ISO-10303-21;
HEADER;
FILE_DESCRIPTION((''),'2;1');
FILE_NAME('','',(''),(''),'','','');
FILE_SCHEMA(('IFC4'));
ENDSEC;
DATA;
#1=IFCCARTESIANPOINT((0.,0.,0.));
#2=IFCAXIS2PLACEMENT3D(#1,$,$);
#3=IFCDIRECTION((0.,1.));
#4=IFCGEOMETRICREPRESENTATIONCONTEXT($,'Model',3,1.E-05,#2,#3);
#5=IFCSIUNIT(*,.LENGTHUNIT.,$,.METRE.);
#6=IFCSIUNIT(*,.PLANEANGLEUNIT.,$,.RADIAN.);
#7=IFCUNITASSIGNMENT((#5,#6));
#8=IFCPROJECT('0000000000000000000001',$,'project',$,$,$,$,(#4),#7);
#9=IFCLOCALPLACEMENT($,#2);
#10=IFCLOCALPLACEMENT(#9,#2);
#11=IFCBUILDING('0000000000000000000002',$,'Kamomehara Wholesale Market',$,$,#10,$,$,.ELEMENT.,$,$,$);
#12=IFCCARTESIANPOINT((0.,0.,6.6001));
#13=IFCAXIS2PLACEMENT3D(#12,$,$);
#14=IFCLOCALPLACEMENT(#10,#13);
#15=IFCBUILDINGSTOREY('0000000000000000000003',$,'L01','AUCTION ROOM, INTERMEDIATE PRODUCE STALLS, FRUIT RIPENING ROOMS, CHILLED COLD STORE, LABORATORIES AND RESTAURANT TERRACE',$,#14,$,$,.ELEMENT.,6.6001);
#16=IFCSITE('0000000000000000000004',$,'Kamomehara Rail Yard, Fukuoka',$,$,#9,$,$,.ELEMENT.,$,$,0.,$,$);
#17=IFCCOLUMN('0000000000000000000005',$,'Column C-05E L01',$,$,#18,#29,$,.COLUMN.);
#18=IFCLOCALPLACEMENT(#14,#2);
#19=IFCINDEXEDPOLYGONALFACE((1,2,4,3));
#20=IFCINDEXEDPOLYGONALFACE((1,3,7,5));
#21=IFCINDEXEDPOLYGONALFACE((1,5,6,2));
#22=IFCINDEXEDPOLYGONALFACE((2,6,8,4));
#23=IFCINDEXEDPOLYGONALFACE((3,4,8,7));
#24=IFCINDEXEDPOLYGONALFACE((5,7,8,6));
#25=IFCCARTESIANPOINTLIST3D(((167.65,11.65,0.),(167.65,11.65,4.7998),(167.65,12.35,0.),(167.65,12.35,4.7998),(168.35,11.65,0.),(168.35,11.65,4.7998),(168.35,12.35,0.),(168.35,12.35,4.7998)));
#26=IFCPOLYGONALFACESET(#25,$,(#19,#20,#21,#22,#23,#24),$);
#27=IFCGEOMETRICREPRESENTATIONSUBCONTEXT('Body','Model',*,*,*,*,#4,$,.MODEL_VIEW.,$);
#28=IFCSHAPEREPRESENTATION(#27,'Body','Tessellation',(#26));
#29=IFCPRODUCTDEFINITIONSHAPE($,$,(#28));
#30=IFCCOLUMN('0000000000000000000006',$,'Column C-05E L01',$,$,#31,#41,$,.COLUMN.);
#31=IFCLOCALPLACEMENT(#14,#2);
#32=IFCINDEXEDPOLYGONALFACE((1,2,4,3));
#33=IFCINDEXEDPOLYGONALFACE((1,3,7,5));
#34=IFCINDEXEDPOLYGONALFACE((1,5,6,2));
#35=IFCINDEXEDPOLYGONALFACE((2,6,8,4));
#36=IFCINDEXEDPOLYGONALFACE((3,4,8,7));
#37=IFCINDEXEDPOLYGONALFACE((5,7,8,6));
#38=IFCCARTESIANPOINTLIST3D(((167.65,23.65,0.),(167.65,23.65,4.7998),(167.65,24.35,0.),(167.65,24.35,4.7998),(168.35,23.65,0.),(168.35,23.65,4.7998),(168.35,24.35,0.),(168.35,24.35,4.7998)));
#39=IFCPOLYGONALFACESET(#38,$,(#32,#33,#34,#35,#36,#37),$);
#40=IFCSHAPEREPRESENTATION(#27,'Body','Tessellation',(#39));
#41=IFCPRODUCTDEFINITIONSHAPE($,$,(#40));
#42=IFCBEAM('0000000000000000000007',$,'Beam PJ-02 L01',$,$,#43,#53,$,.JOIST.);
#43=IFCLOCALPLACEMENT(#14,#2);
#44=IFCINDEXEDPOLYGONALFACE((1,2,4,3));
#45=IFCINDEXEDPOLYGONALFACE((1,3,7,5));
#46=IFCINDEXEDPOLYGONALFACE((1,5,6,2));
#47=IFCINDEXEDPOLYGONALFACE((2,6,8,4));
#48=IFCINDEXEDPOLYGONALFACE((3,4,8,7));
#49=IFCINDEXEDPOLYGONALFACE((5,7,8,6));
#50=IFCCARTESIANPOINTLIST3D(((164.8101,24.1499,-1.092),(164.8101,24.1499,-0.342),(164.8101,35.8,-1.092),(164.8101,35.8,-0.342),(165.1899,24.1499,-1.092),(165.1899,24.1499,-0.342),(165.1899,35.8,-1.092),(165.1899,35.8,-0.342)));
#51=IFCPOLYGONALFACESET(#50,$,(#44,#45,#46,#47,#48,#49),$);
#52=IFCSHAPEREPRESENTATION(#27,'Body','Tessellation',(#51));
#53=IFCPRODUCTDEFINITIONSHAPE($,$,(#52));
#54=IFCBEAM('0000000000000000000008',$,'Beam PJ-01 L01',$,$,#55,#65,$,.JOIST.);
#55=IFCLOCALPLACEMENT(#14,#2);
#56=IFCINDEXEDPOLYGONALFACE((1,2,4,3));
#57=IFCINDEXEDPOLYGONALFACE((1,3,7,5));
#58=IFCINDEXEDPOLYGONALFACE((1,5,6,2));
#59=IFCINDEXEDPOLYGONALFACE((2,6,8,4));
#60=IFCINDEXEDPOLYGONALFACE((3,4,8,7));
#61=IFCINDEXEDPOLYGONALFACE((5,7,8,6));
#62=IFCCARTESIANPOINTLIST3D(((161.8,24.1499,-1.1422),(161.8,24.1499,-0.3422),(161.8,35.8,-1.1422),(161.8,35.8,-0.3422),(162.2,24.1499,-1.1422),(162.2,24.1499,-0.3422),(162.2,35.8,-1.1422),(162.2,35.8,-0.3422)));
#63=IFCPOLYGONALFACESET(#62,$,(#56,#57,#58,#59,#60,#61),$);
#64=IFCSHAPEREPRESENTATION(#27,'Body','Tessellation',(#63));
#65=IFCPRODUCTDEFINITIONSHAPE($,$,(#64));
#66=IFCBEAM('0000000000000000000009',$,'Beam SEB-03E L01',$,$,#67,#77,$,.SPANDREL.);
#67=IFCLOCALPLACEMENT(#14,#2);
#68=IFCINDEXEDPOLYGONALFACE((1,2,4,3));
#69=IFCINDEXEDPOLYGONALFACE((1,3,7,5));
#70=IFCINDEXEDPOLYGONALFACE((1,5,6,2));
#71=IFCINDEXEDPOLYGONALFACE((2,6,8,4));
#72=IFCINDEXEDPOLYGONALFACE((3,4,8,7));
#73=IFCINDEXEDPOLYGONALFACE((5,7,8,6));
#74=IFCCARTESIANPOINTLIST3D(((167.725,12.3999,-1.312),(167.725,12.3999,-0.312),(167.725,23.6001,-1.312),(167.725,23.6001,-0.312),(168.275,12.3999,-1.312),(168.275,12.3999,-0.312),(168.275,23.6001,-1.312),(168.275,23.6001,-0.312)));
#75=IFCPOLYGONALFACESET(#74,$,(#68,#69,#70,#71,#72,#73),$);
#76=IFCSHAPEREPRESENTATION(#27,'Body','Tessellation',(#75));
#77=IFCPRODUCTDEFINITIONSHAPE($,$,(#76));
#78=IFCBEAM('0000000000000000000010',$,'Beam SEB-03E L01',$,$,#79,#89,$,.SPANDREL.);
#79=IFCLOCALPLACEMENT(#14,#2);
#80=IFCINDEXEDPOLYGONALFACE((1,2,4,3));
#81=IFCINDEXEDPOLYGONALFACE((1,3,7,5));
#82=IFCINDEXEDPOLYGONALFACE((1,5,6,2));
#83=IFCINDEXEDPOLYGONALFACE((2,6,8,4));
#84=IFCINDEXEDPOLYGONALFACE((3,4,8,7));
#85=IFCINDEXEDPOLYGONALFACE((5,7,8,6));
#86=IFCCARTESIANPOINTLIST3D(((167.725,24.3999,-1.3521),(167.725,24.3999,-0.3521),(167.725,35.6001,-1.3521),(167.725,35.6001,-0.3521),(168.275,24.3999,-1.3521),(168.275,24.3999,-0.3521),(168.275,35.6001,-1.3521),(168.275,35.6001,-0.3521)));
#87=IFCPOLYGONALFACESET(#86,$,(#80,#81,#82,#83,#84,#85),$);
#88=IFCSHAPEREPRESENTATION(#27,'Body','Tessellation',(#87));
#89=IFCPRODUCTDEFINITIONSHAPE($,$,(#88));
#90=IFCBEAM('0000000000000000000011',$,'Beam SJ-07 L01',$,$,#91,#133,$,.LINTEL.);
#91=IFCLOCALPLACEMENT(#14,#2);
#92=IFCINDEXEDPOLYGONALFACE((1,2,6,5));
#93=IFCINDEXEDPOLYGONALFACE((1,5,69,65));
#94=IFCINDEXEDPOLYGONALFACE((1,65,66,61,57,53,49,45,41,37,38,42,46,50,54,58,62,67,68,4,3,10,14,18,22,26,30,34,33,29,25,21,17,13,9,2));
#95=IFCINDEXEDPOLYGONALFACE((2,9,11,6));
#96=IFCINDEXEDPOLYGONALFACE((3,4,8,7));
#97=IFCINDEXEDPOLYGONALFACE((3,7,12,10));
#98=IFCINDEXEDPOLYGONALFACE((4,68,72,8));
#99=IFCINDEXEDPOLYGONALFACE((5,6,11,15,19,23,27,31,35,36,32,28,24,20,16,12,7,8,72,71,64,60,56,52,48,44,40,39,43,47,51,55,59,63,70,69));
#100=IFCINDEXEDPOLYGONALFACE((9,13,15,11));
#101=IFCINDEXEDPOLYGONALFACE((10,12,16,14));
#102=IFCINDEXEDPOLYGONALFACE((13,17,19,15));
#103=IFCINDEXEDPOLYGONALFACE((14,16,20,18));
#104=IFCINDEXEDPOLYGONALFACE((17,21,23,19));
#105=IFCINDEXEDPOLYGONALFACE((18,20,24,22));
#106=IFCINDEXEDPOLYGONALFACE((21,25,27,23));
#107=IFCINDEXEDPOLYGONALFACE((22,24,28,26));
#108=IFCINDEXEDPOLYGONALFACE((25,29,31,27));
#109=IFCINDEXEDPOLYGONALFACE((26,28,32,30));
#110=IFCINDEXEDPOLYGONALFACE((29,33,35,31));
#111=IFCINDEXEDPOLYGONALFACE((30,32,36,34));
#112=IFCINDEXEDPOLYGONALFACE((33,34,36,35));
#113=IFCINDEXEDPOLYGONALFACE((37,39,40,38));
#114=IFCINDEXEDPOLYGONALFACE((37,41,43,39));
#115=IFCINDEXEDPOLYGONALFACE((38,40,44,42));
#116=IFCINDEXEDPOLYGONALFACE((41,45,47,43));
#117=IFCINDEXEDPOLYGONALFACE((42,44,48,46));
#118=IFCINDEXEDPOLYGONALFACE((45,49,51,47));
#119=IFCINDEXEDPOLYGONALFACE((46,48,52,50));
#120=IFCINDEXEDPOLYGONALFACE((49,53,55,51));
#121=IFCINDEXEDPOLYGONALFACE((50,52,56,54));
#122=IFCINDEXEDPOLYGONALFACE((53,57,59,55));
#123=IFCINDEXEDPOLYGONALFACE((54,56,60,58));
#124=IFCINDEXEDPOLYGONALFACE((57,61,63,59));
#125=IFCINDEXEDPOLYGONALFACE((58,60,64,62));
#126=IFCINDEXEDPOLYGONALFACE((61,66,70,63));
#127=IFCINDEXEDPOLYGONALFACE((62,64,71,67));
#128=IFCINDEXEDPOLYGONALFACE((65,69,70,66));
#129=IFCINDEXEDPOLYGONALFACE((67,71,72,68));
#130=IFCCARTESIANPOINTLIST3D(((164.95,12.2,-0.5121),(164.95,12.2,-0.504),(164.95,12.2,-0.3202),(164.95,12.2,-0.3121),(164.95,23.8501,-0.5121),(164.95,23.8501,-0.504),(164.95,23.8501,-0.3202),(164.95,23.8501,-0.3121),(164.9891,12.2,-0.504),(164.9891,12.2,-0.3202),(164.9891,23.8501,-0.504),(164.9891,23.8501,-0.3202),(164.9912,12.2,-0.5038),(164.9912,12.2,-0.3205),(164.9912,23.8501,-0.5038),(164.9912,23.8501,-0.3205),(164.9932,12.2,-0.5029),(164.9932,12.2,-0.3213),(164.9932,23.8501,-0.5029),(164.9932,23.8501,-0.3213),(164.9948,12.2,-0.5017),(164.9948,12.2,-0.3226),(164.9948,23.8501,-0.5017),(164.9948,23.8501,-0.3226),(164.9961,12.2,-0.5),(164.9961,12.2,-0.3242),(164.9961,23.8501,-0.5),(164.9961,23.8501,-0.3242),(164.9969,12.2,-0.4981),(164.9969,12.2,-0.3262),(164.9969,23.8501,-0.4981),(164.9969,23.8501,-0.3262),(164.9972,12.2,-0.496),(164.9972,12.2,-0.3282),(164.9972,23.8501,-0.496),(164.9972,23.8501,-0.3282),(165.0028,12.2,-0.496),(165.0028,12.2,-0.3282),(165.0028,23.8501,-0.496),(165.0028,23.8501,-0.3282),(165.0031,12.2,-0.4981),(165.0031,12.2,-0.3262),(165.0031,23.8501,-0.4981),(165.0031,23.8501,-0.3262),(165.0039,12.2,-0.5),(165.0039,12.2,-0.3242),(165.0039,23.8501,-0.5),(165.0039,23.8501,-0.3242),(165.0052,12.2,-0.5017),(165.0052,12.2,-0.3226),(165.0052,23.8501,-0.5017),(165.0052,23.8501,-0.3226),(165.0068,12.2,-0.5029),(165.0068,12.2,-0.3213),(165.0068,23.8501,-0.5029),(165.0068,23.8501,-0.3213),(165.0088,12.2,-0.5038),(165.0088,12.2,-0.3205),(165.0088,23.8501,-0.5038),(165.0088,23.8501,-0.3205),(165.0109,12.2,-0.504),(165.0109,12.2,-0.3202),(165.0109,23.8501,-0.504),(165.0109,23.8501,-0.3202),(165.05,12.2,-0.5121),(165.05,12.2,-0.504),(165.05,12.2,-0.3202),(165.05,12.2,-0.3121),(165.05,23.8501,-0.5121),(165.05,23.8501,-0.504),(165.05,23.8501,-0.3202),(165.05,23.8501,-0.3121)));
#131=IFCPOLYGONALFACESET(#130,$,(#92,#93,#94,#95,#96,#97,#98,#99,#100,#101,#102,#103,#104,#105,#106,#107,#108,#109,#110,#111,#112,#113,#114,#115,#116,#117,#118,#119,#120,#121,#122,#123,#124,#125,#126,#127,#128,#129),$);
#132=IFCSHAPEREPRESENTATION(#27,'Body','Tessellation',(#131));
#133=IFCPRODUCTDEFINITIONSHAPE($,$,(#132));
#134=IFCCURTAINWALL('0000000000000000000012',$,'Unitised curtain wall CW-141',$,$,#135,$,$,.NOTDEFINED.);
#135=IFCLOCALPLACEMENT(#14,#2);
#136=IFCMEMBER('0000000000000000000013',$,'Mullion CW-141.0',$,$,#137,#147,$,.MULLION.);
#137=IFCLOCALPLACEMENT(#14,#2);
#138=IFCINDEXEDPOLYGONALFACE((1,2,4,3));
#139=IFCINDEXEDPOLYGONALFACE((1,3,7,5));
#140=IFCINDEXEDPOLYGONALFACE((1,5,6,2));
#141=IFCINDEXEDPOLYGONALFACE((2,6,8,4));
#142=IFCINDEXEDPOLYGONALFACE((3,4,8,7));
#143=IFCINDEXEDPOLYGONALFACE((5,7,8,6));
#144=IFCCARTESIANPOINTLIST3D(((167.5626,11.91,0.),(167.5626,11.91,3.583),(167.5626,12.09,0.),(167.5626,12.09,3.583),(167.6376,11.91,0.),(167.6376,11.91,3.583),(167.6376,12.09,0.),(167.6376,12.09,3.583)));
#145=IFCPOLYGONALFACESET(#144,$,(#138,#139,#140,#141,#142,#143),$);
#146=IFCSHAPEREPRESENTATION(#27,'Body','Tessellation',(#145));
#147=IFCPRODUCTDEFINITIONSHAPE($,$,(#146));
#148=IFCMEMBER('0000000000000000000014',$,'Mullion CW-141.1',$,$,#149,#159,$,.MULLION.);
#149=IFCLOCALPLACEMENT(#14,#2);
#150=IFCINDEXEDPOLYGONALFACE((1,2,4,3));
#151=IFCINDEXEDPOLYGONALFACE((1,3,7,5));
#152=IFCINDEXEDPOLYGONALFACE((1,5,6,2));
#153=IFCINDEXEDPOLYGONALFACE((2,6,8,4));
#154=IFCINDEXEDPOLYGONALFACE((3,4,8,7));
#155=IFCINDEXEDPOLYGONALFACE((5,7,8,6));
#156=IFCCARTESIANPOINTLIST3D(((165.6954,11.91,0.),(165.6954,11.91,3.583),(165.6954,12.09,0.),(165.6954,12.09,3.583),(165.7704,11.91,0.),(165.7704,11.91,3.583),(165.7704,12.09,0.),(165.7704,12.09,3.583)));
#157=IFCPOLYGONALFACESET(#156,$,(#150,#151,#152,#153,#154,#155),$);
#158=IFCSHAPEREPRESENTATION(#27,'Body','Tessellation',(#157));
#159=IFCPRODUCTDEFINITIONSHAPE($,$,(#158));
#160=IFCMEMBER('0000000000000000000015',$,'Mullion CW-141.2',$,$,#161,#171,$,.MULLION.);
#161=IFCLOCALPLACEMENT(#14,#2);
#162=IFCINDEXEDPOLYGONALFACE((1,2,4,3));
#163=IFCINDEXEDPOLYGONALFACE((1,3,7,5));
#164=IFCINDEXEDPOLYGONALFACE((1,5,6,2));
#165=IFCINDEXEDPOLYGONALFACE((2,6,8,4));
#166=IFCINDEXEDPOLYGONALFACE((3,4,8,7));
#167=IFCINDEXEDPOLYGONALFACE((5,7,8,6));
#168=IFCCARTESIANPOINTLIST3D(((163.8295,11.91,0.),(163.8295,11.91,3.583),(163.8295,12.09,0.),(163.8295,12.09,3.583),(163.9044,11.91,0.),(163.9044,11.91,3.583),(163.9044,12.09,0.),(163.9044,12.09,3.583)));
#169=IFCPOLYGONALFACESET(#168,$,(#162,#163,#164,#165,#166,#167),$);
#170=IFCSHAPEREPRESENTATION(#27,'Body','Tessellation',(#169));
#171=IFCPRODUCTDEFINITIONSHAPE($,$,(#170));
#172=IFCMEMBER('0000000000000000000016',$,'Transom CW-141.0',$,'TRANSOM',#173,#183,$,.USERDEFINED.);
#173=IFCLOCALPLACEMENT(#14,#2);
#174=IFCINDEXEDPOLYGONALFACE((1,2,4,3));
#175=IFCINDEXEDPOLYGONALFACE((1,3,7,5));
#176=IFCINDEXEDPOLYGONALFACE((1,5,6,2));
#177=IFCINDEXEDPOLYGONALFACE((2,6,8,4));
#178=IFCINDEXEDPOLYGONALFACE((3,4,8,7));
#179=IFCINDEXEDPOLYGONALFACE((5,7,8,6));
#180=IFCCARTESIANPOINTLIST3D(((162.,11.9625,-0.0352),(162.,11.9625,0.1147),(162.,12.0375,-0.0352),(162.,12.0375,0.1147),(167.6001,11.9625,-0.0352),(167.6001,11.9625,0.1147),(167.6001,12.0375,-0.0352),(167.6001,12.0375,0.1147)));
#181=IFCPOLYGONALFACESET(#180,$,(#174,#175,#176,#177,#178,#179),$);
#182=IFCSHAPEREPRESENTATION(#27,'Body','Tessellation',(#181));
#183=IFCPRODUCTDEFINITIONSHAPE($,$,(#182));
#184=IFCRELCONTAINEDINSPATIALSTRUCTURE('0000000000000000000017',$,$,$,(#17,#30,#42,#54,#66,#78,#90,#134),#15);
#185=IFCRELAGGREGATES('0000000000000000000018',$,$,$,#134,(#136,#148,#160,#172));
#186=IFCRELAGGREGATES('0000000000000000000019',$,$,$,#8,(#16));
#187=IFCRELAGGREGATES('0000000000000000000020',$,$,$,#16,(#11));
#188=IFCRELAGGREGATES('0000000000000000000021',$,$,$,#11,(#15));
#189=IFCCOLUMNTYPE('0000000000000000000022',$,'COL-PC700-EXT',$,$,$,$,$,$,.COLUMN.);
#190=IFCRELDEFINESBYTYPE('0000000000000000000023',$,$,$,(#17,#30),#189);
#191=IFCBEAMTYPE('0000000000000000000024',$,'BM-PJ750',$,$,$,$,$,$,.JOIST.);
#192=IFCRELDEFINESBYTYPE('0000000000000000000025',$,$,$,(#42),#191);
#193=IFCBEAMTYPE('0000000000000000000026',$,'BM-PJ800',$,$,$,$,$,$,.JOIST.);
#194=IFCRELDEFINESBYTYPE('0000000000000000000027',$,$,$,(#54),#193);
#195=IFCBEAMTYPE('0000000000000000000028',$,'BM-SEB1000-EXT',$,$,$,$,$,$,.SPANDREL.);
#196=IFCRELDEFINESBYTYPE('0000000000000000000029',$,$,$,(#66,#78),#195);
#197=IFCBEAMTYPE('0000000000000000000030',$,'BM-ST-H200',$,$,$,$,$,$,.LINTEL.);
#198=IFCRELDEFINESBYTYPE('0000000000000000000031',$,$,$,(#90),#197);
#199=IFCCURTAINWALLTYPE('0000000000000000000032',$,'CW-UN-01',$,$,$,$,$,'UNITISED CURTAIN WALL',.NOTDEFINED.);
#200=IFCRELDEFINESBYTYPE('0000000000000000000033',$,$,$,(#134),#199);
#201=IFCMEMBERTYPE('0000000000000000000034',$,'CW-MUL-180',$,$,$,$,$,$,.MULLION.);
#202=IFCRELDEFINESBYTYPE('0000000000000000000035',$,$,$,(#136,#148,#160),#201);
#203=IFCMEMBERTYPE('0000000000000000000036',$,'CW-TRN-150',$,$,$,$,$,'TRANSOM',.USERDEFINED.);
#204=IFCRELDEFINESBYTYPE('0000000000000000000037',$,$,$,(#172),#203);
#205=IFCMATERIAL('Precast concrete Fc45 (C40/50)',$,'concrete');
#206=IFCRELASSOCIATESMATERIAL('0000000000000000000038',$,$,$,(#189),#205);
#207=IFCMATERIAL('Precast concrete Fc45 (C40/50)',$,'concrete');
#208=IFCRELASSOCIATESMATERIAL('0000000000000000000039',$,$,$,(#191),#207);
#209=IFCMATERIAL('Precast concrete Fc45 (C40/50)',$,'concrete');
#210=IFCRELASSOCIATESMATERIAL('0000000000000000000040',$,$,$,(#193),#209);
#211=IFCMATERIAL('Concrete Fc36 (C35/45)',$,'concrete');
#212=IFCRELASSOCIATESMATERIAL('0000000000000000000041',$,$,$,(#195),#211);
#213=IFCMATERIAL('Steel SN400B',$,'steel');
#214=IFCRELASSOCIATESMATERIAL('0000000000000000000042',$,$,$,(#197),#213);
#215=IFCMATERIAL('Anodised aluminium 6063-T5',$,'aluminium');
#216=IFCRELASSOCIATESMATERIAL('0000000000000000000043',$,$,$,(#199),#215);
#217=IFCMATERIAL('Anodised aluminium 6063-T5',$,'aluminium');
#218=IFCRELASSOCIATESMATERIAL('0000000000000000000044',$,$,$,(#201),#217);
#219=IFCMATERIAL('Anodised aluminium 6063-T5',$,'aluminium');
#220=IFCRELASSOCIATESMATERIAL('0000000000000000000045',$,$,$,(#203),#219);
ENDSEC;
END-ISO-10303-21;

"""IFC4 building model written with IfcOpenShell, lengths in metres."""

from ifc_helpers import new_model, si_unit, direction, frame, origin, origin_2d, place, context, subcontext, project, spatial, rectangle, i_section, extrude, material, material_profile, profile_set, type_object, element, aggregate, save


model = new_model("IFC4")

# Units and contexts
model_context = context("Model", 3, precision=1e-05, world=origin(), true_north=direction((0.0, 1.0)))
body_context = subcontext(model_context, "Body", "Model", "MODEL_VIEW")
ifc_project = project(units=[si_unit("LENGTHUNIT", "METRE"), si_unit("PLANEANGLEUNIT", "RADIAN")], contexts=[model_context])

# Site, building, storey
site_placement = place(None, origin())
site = spatial("IfcSite", under=ifc_project, at=site_placement, Name="Kamomehara Rail Yard, Fukuoka", CompositionType="ELEMENT", RefElevation=0.0)
building_placement = place(site_placement, origin())
building = spatial("IfcBuilding", under=site, at=building_placement, Name="Kamomehara Wholesale Market", CompositionType="ELEMENT")
storey_placement = place(building_placement, frame((0.0, 0.0, 6.6001)))
storey = spatial("IfcBuildingStorey", under=building, at=storey_placement, Name="L01", Description="AUCTION ROOM, INTERMEDIATE PRODUCE STALLS, FRUIT RIPENING ROOMS, CHILLED COLD STORE, LABORATORIES AND RESTAURANT TERRACE", CompositionType="ELEMENT", Elevation=6.6001)

# Columns
ifc_material_1 = material(Name="Precast concrete Fc45 (C40/50)", Category="concrete")
ifc_material_profile_1 = material_profile(ifc_material_1, rectangle(XDim=0.7, YDim=0.7, at=origin_2d()), Name="PC-COL-700x700")
ifc_profile_set_1 = profile_set([ifc_material_profile_1], Name="Precast concrete Fc45 (C40/50)")
column_type = type_object("IfcColumnType", Name="COL-PC700-EXT", PredefinedType="COLUMN", material=ifc_profile_set_1)
for number, where, z_axis, x_axis, name in (
    (1, (168.0, 12.0, 0.0), (0.0, 0.0, 1.0), (1.0, 0.0, 0.0), "Column C-05E L01"),
    (2, (168.0, 24.0, 0.0), (0.0, 0.0, 1.0), (1.0, 0.0, 0.0), "Column C-05E L01"),
):
    element("IfcColumn", number, at=place(storey_placement, frame(where, z_axis=z_axis, x_axis=x_axis)), inside=storey, type_object=column_type, Name=name, PredefinedType="COLUMN", context=body_context, shape_type="SweptSolid", body=[
        extrude(rectangle(XDim=0.7, YDim=0.7, at=origin_2d()), origin(), (0.0, 0.0, 1.0), 4.7998),
    ])

# Beams
ifc_material_2 = material(Name="Precast concrete Fc45 (C40/50)", Category="concrete")
ifc_material_profile_2 = material_profile(ifc_material_2, rectangle(XDim=0.3799, YDim=0.75, at=origin_2d()), Name="PC-JST-380x750")
ifc_profile_set_2 = profile_set([ifc_material_profile_2], Name="Precast concrete Fc45 (C40/50)")
beam_type_1 = type_object("IfcBeamType", Name="BM-PJ750", PredefinedType="JOIST", material=ifc_profile_set_2)
beam_1_placement = place(storey_placement, frame((165.0, 24.1499, -0.717), z_axis=(0.0, 1.0, 0.0), x_axis=(-1.0, 0.0, 0.0)))
element("IfcBeam", 3, at=beam_1_placement, inside=storey, type_object=beam_type_1, Name="Beam PJ-02 L01", PredefinedType="JOIST", context=body_context, shape_type="SweptSolid", body=[
    extrude(rectangle(XDim=0.3799, YDim=0.75, at=origin_2d()), origin(), (0.0, 0.0, 1.0), 11.6501),
])
ifc_material_3 = material(Name="Precast concrete Fc45 (C40/50)", Category="concrete")
ifc_material_profile_3 = material_profile(ifc_material_3, rectangle(XDim=0.3999, YDim=0.8, at=origin_2d()), Name="PC-JST-400x800")
ifc_profile_set_3 = profile_set([ifc_material_profile_3], Name="Precast concrete Fc45 (C40/50)")
beam_type_2 = type_object("IfcBeamType", Name="BM-PJ800", PredefinedType="JOIST", material=ifc_profile_set_3)
beam_2_placement = place(storey_placement, frame((162.0, 24.1499, -0.7422), z_axis=(0.0, 1.0, 0.0), x_axis=(-1.0, 0.0, 0.0)))
element("IfcBeam", 4, at=beam_2_placement, inside=storey, type_object=beam_type_2, Name="Beam PJ-01 L01", PredefinedType="JOIST", context=body_context, shape_type="SweptSolid", body=[
    extrude(rectangle(XDim=0.3999, YDim=0.8, at=origin_2d()), origin(), (0.0, 0.0, 1.0), 11.6501),
])
ifc_material_4 = material(Name="Concrete Fc36 (C35/45)", Category="concrete")
ifc_material_profile_4 = material_profile(ifc_material_4, rectangle(XDim=0.55, YDim=1.0, at=origin_2d()), Name="RC-SEB-550x1000")
ifc_profile_set_4 = profile_set([ifc_material_profile_4], Name="Concrete Fc36 (C35/45)")
beam_type_3 = type_object("IfcBeamType", Name="BM-SEB1000-EXT", PredefinedType="SPANDREL", material=ifc_profile_set_4)
for number, where, z_axis, x_axis, name in (
    (5, (168.0, 12.3999, -0.812), (0.0, 1.0, 0.0), (-1.0, 0.0, 0.0), "Beam SEB-03E L01"),
    (6, (168.0, 24.3999, -0.8521), (0.0, 1.0, 0.0), (-1.0, 0.0, 0.0), "Beam SEB-03E L01"),
):
    element("IfcBeam", number, at=place(storey_placement, frame(where, z_axis=z_axis, x_axis=x_axis)), inside=storey, type_object=beam_type_3, Name=name, PredefinedType="SPANDREL", context=body_context, shape_type="SweptSolid", body=[
        extrude(rectangle(XDim=0.55, YDim=1.0, at=origin_2d()), origin(), (0.0, 0.0, 1.0), 11.2002),
    ])
ifc_material_5 = material(Name="Steel SN400B", Category="steel")
ifc_material_profile_5 = material_profile(ifc_material_5, i_section(OverallWidth=0.1001, OverallDepth=0.2, WebThickness=0.0056, FlangeThickness=0.0081, FilletRadius=0.0081, at=origin_2d()), Name="H-200x100x5.5x8")
ifc_profile_set_5 = profile_set([ifc_material_profile_5], Name="Steel SN400B")
beam_type_4 = type_object("IfcBeamType", Name="BM-ST-H200", PredefinedType="LINTEL", material=ifc_profile_set_5)
beam_3_placement = place(storey_placement, frame((165.0, 12.2, -0.4121), z_axis=(0.0, 1.0, 0.0), x_axis=(-1.0, 0.0, 0.0)))
element("IfcBeam", 7, at=beam_3_placement, inside=storey, type_object=beam_type_4, Name="Beam SJ-07 L01", PredefinedType="LINTEL", context=body_context, shape_type="SweptSolid", body=[
    extrude(i_section(OverallWidth=0.1001, OverallDepth=0.2, WebThickness=0.0056, FlangeThickness=0.0081, FilletRadius=0.0081, at=origin_2d()), origin(), (0.0, 0.0, 1.0), 11.6501),
])

# Curtain wall, members
ifc_material_6 = material(Name="Anodised aluminium 6063-T5", Category="aluminium")
curtain_wall_type = type_object("IfcCurtainWallType", Name="CW-UN-01", ElementType="UNITISED CURTAIN WALL", PredefinedType="NOTDEFINED", material=ifc_material_6)
curtain_wall_placement = place(storey_placement, origin())
curtain_wall = element("IfcCurtainWall", 8, at=curtain_wall_placement, inside=storey, type_object=curtain_wall_type, Name="Unitised curtain wall CW-141", PredefinedType="NOTDEFINED")
ifc_material_7 = material(Name="Anodised aluminium 6063-T5", Category="aluminium")
ifc_material_profile_6 = material_profile(ifc_material_7, rectangle(XDim=0.075, YDim=0.1799, at=origin_2d()), Name="ALU-MUL-75x180")
ifc_profile_set_6 = profile_set([ifc_material_profile_6], Name="Anodised aluminium 6063-T5")
member_type_1 = type_object("IfcMemberType", Name="CW-MUL-180", PredefinedType="MULLION", material=ifc_profile_set_6)
member_1_placement = place(storey_placement, frame((167.6001, 12.0, 0.0), z_axis=(0.0, 0.0, 1.0), x_axis=(-1.0, 0.0, 0.0)))
member_1 = element("IfcMember", 9, at=member_1_placement, type_object=member_type_1, Name="Mullion CW-141.0", PredefinedType="MULLION", context=body_context, shape_type="SweptSolid", body=[
    extrude(rectangle(XDim=0.075, YDim=0.1799, at=origin_2d()), origin(), (0.0, 0.0, 1.0), 3.583),
])
member_2_placement = place(storey_placement, frame((165.7329, 12.0, 0.0), z_axis=(0.0, 0.0, 1.0), x_axis=(-1.0, 0.0, 0.0)))
member_2 = element("IfcMember", 10, at=member_2_placement, type_object=member_type_1, Name="Mullion CW-141.1", PredefinedType="MULLION", context=body_context, shape_type="SweptSolid", body=[
    extrude(rectangle(XDim=0.075, YDim=0.1799, at=origin_2d()), origin(), (0.0, 0.0, 1.0), 3.583),
])
member_3_placement = place(storey_placement, frame((163.8669, 12.0, 0.0), z_axis=(0.0, 0.0, 1.0), x_axis=(-1.0, 0.0, 0.0)))
member_3 = element("IfcMember", 11, at=member_3_placement, type_object=member_type_1, Name="Mullion CW-141.2", PredefinedType="MULLION", context=body_context, shape_type="SweptSolid", body=[
    extrude(rectangle(XDim=0.075, YDim=0.1799, at=origin_2d()), origin(), (0.0, 0.0, 1.0), 3.583),
])
ifc_material_8 = material(Name="Anodised aluminium 6063-T5", Category="aluminium")
ifc_material_profile_7 = material_profile(ifc_material_8, rectangle(XDim=0.075, YDim=0.1499, at=origin_2d()), Name="ALU-TRN-75x150")
ifc_profile_set_7 = profile_set([ifc_material_profile_7], Name="Anodised aluminium 6063-T5")
member_type_2 = type_object("IfcMemberType", Name="CW-TRN-150", ElementType="TRANSOM", PredefinedType="USERDEFINED", material=ifc_profile_set_7)
member_4_placement = place(storey_placement, frame((167.6001, 12.0, 0.0398), z_axis=(-1.0, 0.0, 0.0), x_axis=(0.0, -1.0, 0.0)))
member_4 = element("IfcMember", 12, at=member_4_placement, type_object=member_type_2, Name="Transom CW-141.0", ObjectType="TRANSOM", PredefinedType="USERDEFINED", context=body_context, shape_type="SweptSolid", body=[
    extrude(rectangle(XDim=0.075, YDim=0.1499, at=origin_2d()), origin(), (0.0, 0.0, 1.0), 5.6001),
])
aggregate(curtain_wall, [member_1, member_2, member_3, member_4])

save(model, "model.ifc")
